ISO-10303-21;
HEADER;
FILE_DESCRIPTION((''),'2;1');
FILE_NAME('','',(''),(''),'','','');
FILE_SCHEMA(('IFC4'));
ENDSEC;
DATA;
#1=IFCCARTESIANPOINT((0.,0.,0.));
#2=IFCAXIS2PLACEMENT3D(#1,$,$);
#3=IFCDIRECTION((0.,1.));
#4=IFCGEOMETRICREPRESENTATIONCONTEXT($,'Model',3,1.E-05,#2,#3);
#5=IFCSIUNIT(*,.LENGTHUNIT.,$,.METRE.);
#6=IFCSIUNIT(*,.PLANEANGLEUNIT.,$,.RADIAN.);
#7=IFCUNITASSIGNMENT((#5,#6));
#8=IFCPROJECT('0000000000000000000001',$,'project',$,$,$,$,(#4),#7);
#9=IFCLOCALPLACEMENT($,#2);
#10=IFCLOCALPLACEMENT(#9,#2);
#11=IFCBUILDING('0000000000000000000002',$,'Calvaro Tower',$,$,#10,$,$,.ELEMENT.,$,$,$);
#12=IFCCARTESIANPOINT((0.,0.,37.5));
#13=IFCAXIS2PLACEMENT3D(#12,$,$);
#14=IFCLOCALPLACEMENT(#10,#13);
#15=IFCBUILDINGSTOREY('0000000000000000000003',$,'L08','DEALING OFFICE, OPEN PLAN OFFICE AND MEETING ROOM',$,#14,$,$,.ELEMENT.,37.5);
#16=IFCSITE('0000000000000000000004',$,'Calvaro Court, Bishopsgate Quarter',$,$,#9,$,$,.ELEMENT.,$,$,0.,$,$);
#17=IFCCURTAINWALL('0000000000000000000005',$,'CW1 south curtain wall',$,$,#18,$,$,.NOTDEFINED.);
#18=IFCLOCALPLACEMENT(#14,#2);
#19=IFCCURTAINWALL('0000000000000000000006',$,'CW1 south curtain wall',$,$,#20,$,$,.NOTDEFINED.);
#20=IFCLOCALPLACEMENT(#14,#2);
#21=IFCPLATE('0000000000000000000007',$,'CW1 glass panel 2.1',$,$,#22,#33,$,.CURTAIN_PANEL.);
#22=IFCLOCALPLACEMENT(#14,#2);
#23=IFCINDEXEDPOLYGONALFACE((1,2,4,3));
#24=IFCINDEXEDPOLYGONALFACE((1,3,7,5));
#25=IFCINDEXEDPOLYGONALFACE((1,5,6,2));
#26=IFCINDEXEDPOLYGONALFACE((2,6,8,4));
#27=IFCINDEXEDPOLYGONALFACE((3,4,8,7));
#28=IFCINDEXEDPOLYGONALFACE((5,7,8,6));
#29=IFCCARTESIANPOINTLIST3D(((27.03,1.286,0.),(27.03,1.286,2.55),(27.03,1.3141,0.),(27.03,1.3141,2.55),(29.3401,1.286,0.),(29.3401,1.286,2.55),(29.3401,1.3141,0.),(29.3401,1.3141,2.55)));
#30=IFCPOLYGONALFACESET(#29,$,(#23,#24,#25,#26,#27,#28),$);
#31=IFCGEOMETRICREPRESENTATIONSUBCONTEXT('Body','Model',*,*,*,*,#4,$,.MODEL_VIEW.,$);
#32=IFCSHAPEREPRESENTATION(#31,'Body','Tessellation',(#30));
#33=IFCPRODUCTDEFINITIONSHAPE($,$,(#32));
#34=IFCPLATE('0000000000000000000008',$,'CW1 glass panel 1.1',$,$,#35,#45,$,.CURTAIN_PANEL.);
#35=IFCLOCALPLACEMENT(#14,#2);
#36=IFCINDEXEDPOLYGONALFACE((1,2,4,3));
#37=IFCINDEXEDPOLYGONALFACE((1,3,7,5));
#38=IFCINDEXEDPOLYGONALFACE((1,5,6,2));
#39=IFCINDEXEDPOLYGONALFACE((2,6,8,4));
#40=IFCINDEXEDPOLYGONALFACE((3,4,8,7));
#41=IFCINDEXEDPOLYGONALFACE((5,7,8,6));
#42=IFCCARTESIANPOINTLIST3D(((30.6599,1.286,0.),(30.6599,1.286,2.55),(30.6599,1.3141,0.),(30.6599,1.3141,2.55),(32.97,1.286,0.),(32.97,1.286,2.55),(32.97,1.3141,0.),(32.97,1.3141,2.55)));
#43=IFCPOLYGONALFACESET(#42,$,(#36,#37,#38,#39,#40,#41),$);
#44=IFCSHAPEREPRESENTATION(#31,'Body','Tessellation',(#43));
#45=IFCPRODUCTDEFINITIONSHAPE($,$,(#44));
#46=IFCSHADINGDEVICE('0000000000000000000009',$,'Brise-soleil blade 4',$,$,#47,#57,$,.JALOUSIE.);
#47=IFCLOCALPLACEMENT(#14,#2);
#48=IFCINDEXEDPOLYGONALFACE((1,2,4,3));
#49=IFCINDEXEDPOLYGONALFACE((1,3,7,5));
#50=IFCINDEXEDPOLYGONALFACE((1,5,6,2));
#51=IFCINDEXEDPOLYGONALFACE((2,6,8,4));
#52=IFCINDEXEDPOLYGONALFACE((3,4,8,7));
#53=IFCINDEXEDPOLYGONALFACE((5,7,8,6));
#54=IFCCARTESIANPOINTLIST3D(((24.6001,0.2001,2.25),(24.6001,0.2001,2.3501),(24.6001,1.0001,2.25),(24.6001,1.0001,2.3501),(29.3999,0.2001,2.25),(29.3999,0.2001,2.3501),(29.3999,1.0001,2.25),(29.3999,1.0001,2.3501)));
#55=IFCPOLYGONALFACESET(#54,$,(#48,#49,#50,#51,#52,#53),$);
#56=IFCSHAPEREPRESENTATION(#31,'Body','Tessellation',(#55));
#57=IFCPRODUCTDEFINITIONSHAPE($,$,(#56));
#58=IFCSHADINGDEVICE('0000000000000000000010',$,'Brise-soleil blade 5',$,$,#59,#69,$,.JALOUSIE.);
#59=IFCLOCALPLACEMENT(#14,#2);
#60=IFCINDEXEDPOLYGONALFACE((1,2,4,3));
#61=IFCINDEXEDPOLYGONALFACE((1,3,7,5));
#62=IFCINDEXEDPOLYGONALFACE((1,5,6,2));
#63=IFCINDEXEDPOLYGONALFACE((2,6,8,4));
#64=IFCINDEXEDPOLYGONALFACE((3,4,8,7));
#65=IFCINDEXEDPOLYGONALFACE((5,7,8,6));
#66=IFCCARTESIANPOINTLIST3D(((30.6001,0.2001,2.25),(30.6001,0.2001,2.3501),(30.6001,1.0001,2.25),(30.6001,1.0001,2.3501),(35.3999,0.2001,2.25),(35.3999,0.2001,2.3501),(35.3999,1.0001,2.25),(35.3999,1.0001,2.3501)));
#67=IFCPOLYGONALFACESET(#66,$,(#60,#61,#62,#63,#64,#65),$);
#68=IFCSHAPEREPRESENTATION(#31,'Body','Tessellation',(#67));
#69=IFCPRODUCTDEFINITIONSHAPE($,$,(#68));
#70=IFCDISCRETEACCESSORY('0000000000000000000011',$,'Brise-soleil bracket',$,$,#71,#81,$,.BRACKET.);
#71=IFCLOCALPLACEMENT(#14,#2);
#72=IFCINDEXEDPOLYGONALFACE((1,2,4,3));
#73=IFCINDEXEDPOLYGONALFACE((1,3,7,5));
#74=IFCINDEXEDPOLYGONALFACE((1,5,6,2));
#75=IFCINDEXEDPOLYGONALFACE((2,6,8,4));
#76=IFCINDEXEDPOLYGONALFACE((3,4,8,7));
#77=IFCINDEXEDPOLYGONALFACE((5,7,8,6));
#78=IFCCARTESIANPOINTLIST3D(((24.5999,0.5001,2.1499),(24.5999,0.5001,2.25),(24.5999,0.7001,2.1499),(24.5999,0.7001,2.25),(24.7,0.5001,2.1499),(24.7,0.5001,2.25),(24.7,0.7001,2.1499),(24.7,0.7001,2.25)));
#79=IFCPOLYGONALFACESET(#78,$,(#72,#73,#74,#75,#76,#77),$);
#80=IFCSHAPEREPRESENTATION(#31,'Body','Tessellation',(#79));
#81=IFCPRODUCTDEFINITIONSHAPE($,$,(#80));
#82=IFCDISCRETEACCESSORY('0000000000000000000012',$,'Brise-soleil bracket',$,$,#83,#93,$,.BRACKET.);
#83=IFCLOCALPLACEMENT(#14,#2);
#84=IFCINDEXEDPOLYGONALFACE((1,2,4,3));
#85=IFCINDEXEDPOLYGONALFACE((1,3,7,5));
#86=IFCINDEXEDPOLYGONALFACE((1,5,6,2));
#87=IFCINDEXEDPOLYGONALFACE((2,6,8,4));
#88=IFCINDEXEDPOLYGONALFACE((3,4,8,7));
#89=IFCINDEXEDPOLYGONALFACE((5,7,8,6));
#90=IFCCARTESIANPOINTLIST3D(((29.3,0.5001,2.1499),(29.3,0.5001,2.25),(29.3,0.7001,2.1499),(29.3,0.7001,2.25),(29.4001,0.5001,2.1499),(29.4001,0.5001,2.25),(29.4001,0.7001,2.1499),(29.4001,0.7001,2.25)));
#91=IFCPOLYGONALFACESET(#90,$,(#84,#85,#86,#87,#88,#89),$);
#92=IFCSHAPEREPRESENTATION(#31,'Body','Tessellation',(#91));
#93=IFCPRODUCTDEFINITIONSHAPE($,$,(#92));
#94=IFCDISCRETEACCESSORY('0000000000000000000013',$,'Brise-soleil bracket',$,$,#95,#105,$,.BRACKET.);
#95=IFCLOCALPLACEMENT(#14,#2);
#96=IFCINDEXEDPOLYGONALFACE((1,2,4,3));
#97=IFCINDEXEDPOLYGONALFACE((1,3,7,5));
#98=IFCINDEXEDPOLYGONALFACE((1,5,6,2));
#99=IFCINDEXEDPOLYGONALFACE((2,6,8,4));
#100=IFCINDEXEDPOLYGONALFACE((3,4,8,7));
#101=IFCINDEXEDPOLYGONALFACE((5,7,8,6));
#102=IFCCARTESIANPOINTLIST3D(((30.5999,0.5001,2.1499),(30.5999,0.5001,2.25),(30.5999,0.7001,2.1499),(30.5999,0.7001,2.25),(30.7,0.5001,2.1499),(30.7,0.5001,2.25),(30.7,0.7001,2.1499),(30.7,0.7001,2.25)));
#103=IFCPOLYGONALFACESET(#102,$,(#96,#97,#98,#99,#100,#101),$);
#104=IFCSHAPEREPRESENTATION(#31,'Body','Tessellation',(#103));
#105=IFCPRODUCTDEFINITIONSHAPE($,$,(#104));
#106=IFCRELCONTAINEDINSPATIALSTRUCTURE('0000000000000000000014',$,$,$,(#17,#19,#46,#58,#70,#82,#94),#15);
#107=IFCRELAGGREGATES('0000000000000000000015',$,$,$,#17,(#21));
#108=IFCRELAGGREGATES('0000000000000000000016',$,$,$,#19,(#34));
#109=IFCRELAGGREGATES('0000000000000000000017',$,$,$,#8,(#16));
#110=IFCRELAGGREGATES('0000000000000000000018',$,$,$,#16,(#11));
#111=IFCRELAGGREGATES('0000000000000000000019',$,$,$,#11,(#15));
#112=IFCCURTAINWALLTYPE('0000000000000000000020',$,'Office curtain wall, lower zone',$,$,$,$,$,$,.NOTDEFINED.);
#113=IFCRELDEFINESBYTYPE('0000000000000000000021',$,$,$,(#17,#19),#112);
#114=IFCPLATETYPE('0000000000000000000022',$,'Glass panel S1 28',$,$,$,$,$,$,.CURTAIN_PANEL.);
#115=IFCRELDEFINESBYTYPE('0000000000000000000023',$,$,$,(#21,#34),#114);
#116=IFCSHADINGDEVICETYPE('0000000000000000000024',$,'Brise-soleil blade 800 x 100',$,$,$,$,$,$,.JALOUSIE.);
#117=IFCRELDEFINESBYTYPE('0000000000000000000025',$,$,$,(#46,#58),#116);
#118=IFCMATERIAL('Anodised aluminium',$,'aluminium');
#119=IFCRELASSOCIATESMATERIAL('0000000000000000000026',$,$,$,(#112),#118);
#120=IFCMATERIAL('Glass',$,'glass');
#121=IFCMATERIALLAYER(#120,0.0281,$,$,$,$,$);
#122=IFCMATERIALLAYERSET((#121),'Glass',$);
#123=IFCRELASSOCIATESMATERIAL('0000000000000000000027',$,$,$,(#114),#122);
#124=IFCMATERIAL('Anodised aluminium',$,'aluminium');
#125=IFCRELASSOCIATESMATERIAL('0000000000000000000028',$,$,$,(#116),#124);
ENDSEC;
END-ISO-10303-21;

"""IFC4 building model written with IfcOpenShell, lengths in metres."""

from ifc_helpers import new_model, si_unit, direction, frame, origin, origin_2d, place, context, subcontext, project, spatial, rectangle, extrude, material, layer, layer_set, material_profile, profile_set, type_object, element, aggregate, save


model = new_model("IFC4")

# Units and contexts
model_context = context("Model", 3, precision=1e-05, world=origin(), true_north=direction((0.0, 1.0)))
body_context = subcontext(model_context, "Body", "Model", "MODEL_VIEW")
ifc_project = project(units=[si_unit("LENGTHUNIT", "METRE"), si_unit("PLANEANGLEUNIT", "RADIAN")], contexts=[model_context])

# Site, building, storey
site_placement = place(None, origin())
site = spatial("IfcSite", under=ifc_project, at=site_placement, Name="Calvaro Court, Bishopsgate Quarter", CompositionType="ELEMENT", RefElevation=0.0)
building_placement = place(site_placement, origin())
building = spatial("IfcBuilding", under=site, at=building_placement, Name="Calvaro Tower", CompositionType="ELEMENT")
storey_placement = place(building_placement, frame((0.0, 0.0, 37.5)))
storey = spatial("IfcBuildingStorey", under=building, at=storey_placement, Name="L08", Description="DEALING OFFICE, OPEN PLAN OFFICE AND MEETING ROOM", CompositionType="ELEMENT", Elevation=37.5)

# Curtain walls
ifc_material_1 = material(Name="Anodised aluminium", Category="aluminium")
curtain_wall_type = type_object("IfcCurtainWallType", Name="Office curtain wall, lower zone", PredefinedType="NOTDEFINED", material=ifc_material_1)
curtain_wall_1_placement = place(storey_placement, origin())
curtain_wall_1 = element("IfcCurtainWall", 1, at=curtain_wall_1_placement, inside=storey, type_object=curtain_wall_type, Name="CW1 south curtain wall", PredefinedType="NOTDEFINED")
curtain_wall_2_placement = place(storey_placement, origin())
curtain_wall_2 = element("IfcCurtainWall", 2, at=curtain_wall_2_placement, inside=storey, type_object=curtain_wall_type, Name="CW1 south curtain wall", PredefinedType="NOTDEFINED")

# Plates
ifc_material_2 = material(Name="Glass", Category="glass")
ifc_layer = layer(ifc_material_2, 0.0281)
ifc_layer_set = layer_set([ifc_layer], Name="Glass")
plate_type = type_object("IfcPlateType", Name="Glass panel S1 28", PredefinedType="CURTAIN_PANEL", material=ifc_layer_set)
plate_1_placement = place(storey_placement, frame((28.1851, 1.3, 0.0), z_axis=(0.0, 0.0, 1.0), x_axis=(1.0, 0.0, 0.0)))
plate_1 = element("IfcPlate", 3, at=plate_1_placement, type_object=plate_type, Name="CW1 glass panel 2.1", PredefinedType="CURTAIN_PANEL", context=body_context, shape_type="SweptSolid", body=[
    extrude(rectangle(XDim=2.3101, YDim=0.0281, at=origin_2d()), origin(), (0.0, 0.0, 1.0), 2.55),
])
aggregate(curtain_wall_1, [plate_1])
plate_2_placement = place(storey_placement, frame((31.8149, 1.3, 0.0), z_axis=(0.0, 0.0, 1.0), x_axis=(1.0, 0.0, 0.0)))
plate_2 = element("IfcPlate", 4, at=plate_2_placement, type_object=plate_type, Name="CW1 glass panel 1.1", PredefinedType="CURTAIN_PANEL", context=body_context, shape_type="SweptSolid", body=[
    extrude(rectangle(XDim=2.3101, YDim=0.0281, at=origin_2d()), origin(), (0.0, 0.0, 1.0), 2.55),
])
aggregate(curtain_wall_2, [plate_2])

# Shading devices
ifc_material_3 = material(Name="Anodised aluminium", Category="aluminium")
ifc_material_profile_1 = material_profile(ifc_material_3, rectangle(XDim=0.8, YDim=0.1001, at=origin_2d()), Name="Brise-soleil blade 800 x 100")
ifc_profile_set_1 = profile_set([ifc_material_profile_1], Name="Anodised aluminium")
shading_device_type = type_object("IfcShadingDeviceType", Name="Brise-soleil blade 800 x 100", PredefinedType="JALOUSIE", material=ifc_profile_set_1)
for number, where, z_axis, x_axis, name in (
    (5, (24.6001, 0.6001, 2.3), (1.0, 0.0, 0.0), (0.0, 1.0, 0.0), "Brise-soleil blade 4"),
    (6, (30.6001, 0.6001, 2.3), (1.0, 0.0, 0.0), (0.0, 1.0, 0.0), "Brise-soleil blade 5"),
):
    element("IfcShadingDevice", number, at=place(storey_placement, frame(where, z_axis=z_axis, x_axis=x_axis)), inside=storey, type_object=shading_device_type, Name=name, PredefinedType="JALOUSIE", context=body_context, shape_type="SweptSolid", body=[
        extrude(rectangle(XDim=0.8, YDim=0.1001, at=origin_2d()), origin(), (0.0, 0.0, 1.0), 4.7998),
    ])

# Discrete accessories
for number, where, z_axis, x_axis, name in (
    (7, (24.6499, 0.6001, 2.1499), (0.0, 0.0, 1.0), (1.0, 0.0, 0.0), "Brise-soleil bracket"),
    (8, (29.3501, 0.6001, 2.1499), (0.0, 0.0, 1.0), (1.0, 0.0, 0.0), "Brise-soleil bracket"),
    (9, (30.6499, 0.6001, 2.1499), (0.0, 0.0, 1.0), (1.0, 0.0, 0.0), "Brise-soleil bracket"),
):
    element("IfcDiscreteAccessory", number, at=place(storey_placement, frame(where, z_axis=z_axis, x_axis=x_axis)), inside=storey, Name=name, PredefinedType="BRACKET", context=body_context, shape_type="SweptSolid", body=[
        extrude(rectangle(XDim=0.1001, YDim=0.2, at=origin_2d()), origin(), (0.0, 0.0, 1.0), 0.1001),
    ])

save(model, "model.ifc")
